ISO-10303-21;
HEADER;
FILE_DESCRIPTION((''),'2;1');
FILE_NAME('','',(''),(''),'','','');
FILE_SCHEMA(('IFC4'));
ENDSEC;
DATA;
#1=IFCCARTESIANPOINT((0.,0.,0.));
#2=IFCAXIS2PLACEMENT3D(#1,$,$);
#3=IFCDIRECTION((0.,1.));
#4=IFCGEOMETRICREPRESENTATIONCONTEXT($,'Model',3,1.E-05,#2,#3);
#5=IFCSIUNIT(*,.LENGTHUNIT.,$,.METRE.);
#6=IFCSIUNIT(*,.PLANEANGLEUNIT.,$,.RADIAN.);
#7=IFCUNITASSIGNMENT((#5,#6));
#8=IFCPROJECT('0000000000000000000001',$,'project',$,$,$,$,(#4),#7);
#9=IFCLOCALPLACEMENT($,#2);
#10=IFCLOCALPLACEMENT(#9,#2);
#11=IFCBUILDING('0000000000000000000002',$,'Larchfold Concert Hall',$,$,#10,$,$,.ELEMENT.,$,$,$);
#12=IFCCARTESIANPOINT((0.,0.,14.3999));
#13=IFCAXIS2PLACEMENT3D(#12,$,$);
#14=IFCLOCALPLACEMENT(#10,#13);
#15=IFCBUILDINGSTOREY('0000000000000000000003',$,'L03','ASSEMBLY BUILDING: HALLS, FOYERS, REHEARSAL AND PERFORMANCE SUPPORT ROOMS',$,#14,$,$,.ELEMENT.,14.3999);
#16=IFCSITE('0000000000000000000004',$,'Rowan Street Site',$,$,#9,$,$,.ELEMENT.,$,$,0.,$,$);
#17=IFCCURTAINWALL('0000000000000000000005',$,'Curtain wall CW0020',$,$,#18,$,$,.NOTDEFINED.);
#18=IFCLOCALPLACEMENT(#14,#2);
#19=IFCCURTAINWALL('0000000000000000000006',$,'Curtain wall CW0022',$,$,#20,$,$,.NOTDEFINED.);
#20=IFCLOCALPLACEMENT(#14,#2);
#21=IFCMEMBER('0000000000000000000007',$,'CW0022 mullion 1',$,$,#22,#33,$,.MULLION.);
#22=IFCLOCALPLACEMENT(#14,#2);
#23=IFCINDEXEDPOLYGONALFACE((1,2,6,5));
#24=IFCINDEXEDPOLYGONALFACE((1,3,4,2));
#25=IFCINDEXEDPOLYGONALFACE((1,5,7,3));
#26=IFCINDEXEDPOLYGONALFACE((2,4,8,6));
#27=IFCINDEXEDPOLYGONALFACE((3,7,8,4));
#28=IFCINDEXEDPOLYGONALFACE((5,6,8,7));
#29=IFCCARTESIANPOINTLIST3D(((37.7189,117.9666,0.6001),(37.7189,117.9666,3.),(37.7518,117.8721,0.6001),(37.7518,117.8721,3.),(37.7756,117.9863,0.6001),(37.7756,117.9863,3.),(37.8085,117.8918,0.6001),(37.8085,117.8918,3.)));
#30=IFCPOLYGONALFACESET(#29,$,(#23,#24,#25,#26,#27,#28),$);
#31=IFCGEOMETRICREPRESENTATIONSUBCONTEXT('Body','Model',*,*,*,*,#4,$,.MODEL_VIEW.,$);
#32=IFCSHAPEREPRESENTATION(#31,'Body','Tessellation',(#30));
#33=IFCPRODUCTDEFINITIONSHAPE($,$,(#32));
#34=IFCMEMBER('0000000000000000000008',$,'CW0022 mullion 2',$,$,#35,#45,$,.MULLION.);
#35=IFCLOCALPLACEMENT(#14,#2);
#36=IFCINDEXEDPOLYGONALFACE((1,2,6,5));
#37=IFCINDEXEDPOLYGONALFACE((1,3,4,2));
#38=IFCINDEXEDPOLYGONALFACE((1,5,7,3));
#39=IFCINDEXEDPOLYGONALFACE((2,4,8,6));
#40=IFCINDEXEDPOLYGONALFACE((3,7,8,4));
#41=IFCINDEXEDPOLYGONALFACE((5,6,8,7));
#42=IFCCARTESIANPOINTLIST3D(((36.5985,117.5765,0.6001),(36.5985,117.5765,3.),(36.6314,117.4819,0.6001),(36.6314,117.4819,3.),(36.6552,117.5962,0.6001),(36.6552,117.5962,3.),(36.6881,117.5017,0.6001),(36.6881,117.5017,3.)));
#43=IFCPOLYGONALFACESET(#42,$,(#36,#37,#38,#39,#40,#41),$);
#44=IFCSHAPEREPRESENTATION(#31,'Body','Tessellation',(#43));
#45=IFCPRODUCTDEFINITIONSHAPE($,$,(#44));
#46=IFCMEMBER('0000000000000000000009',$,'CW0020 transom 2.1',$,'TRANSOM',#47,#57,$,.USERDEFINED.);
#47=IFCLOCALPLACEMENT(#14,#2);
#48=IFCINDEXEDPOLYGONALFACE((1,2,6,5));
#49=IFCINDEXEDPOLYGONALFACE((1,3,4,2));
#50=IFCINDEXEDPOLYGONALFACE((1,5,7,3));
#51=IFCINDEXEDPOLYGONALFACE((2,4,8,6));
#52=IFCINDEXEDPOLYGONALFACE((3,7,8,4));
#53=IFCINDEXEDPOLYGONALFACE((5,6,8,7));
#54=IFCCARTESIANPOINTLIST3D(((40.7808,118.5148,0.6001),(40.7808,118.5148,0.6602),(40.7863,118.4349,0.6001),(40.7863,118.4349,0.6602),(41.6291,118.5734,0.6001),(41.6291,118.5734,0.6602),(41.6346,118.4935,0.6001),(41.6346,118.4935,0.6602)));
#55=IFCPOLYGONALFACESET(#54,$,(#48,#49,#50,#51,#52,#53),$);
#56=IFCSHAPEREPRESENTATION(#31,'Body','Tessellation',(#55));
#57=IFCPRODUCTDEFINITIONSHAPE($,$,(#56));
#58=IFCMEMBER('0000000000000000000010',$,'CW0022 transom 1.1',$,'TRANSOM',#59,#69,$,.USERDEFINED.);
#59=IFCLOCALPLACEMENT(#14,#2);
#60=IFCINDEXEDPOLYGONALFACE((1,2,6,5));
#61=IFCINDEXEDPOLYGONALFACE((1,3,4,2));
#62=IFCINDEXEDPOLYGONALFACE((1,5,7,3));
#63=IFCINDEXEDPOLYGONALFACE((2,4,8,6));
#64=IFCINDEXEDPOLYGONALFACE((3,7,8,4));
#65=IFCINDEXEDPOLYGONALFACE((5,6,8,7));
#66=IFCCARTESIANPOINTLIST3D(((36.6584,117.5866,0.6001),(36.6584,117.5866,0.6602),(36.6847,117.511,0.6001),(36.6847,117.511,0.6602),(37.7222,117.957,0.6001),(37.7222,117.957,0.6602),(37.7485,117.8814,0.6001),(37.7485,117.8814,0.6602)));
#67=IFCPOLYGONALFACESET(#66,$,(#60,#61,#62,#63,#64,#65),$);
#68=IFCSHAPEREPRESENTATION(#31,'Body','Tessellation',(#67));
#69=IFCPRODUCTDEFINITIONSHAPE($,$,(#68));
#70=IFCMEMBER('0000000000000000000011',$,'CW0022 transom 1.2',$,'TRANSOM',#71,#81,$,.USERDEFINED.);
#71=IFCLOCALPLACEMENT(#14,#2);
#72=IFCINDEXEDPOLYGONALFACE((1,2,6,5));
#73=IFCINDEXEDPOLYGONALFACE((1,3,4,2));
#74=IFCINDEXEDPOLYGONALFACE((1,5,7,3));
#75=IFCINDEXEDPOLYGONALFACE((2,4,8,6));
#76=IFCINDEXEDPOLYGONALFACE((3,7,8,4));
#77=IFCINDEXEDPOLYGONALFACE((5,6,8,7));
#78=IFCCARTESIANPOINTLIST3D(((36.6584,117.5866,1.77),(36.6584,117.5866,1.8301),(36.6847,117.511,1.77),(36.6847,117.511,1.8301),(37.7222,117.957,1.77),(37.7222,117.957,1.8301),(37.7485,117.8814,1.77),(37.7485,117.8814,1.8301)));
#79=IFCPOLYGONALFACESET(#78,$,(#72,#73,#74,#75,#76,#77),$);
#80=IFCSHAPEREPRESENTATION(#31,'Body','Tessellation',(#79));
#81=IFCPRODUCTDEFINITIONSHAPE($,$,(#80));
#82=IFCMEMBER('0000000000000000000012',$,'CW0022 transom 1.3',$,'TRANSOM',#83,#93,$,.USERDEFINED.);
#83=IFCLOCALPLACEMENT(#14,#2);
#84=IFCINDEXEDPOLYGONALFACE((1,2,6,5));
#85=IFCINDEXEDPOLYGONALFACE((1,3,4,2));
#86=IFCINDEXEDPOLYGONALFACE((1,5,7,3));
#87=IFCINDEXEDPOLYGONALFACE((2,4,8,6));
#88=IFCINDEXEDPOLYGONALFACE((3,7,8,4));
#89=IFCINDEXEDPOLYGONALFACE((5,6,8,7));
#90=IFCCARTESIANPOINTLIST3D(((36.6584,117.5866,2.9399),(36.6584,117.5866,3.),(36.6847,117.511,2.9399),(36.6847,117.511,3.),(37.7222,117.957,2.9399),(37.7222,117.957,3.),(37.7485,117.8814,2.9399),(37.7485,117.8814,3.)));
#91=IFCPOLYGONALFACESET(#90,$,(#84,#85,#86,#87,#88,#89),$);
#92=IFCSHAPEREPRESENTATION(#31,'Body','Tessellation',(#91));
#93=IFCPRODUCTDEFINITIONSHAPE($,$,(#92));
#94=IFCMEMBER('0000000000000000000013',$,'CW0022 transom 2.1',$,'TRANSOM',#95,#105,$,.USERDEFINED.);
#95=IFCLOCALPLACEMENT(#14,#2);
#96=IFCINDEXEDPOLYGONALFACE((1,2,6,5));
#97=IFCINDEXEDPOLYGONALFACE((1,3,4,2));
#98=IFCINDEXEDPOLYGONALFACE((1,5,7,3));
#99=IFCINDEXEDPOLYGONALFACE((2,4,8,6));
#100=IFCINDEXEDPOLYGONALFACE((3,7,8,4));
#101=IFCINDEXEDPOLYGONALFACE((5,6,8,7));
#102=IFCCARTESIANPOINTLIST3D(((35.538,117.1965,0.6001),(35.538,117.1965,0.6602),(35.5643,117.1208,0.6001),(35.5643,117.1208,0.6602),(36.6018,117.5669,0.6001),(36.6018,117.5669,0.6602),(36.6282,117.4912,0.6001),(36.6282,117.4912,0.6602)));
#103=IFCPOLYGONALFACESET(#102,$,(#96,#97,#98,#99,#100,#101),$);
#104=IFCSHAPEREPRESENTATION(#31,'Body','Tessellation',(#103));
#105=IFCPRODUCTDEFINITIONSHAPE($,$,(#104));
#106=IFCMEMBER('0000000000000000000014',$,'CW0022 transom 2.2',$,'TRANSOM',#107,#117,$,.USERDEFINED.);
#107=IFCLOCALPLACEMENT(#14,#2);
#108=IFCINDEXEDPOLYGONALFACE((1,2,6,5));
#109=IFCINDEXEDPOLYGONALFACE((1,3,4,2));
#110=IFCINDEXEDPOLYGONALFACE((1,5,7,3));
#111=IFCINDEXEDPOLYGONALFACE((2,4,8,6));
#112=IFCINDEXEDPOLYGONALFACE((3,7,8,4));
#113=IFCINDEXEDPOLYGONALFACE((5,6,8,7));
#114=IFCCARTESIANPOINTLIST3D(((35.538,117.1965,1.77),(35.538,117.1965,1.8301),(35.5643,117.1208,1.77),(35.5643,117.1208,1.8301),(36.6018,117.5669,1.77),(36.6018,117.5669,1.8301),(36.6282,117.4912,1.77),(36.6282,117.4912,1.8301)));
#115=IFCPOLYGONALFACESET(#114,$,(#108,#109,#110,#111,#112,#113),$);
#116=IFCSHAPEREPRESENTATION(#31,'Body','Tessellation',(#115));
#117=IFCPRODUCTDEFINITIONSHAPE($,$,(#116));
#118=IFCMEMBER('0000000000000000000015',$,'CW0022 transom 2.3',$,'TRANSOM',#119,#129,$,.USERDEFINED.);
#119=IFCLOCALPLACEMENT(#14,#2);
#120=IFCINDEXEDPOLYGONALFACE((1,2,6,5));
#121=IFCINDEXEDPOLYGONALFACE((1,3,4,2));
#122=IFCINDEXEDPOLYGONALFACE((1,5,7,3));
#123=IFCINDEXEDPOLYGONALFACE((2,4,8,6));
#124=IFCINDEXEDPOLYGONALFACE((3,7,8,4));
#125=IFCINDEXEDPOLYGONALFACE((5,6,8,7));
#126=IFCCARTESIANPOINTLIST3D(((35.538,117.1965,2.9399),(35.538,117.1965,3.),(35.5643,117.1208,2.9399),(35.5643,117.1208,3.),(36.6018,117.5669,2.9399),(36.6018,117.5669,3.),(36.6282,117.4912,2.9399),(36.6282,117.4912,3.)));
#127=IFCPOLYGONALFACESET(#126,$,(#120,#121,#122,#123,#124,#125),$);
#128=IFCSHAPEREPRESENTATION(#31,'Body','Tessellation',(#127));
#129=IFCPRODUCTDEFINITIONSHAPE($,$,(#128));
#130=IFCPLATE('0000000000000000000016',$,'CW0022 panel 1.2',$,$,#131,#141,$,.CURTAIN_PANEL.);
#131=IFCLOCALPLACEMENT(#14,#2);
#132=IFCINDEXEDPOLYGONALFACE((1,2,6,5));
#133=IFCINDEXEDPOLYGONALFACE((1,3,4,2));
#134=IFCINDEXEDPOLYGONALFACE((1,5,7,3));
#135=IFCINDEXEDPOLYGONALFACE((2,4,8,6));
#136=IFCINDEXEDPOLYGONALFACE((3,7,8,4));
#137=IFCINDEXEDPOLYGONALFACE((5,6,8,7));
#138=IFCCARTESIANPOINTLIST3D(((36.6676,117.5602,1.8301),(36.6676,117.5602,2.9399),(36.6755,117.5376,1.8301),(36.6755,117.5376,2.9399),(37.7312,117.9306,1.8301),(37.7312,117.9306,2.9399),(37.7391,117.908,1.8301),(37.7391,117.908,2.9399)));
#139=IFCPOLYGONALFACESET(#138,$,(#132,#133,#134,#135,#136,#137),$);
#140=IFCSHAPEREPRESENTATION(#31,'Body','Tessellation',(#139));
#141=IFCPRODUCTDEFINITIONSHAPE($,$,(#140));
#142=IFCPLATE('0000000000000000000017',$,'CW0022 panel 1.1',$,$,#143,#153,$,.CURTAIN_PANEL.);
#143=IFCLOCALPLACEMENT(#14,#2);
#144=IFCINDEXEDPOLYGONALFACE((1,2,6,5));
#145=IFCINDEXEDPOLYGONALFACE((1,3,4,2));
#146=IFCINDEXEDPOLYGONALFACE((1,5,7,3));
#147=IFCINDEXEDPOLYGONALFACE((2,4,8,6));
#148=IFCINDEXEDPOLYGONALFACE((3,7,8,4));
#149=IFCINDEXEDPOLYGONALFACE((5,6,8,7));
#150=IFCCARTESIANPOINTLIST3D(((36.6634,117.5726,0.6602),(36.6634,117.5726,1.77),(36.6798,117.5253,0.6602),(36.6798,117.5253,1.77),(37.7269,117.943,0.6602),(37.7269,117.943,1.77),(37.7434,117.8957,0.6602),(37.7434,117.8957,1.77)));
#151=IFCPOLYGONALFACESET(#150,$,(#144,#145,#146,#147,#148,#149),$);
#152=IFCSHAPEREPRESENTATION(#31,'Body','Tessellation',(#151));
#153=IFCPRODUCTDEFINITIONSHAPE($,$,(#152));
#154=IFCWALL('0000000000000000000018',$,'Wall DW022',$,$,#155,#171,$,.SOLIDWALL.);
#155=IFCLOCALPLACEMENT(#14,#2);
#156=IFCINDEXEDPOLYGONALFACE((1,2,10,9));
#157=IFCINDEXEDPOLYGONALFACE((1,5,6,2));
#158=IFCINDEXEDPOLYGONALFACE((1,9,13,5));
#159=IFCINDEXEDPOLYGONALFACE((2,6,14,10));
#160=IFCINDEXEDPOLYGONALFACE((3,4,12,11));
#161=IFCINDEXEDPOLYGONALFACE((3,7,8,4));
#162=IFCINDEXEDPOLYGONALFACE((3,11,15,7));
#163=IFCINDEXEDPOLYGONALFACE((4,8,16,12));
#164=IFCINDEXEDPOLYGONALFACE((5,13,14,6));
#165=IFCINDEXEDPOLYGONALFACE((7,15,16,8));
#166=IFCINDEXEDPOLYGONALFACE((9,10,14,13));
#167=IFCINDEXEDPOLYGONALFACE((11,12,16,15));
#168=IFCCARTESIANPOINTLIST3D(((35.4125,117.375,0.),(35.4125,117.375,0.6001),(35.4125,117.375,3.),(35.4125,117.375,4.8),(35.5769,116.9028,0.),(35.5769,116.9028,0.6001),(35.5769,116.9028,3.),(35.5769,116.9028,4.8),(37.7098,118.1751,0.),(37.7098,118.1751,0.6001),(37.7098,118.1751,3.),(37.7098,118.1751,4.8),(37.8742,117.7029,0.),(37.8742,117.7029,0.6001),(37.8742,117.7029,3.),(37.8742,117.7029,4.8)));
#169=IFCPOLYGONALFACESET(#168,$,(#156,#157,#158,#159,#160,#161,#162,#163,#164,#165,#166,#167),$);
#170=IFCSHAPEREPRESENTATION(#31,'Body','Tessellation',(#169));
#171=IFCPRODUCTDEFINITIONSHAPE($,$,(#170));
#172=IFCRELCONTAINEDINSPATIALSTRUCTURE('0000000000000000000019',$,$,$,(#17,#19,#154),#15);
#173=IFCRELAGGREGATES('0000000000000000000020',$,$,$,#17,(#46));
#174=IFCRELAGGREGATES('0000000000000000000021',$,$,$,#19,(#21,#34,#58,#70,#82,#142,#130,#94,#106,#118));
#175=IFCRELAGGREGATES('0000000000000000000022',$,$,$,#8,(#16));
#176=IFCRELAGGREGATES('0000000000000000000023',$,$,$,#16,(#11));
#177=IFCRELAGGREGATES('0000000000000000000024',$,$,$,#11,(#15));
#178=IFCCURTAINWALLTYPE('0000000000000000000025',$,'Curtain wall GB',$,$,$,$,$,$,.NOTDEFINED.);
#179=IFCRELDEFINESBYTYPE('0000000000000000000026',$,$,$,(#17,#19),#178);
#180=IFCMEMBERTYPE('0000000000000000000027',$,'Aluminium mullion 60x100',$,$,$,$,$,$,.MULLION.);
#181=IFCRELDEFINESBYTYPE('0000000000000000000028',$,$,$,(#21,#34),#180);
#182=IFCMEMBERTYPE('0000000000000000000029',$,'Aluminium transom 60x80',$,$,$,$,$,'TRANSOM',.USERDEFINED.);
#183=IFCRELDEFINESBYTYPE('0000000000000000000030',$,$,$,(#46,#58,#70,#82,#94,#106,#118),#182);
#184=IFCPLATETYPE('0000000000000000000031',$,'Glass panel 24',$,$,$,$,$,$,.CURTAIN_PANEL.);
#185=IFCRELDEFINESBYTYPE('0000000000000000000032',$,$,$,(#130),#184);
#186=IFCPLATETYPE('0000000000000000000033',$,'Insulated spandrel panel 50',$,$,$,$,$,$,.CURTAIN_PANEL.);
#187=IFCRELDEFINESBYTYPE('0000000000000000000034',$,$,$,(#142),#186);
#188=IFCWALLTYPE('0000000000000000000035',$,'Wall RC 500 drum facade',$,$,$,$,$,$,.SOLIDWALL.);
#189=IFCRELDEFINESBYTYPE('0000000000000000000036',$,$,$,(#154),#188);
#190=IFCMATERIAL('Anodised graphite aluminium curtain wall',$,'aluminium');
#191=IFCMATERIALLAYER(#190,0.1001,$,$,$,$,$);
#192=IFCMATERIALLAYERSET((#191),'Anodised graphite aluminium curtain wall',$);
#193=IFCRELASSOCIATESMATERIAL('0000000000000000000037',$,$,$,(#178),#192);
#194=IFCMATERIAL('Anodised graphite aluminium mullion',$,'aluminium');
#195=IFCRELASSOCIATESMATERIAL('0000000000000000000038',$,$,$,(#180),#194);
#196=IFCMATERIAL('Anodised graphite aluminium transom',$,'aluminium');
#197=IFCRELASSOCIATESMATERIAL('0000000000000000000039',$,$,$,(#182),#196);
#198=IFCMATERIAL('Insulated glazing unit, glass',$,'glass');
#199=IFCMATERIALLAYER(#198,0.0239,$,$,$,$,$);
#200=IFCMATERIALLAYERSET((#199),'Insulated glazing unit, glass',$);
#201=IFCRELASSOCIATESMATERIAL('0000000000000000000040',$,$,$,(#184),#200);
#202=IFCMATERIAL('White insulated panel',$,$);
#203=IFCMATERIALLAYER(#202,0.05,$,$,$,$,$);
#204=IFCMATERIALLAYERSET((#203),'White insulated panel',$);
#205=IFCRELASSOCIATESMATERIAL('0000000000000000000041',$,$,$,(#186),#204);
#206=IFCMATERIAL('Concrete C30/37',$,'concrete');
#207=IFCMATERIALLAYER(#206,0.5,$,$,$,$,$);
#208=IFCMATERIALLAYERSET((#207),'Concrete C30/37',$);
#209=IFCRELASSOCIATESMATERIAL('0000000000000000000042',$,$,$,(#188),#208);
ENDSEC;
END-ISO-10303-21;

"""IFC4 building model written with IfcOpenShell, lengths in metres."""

from ifc_helpers import new_model, si_unit, direction, frame, frame_2d, origin, origin_2d, place, context, subcontext, project, spatial, rectangle, extrude, material, layer, layer_set, material_profile, profile_set, type_object, element, fill, aggregate, save


model = new_model("IFC4")

# Units and contexts
model_context = context("Model", 3, precision=1e-05, world=origin(), true_north=direction((0.0, 1.0)))
body_context = subcontext(model_context, "Body", "Model", "MODEL_VIEW")
ifc_project = project(units=[si_unit("LENGTHUNIT", "METRE"), si_unit("PLANEANGLEUNIT", "RADIAN")], contexts=[model_context])

# Site, building, storey
site_placement = place(None, origin())
site = spatial("IfcSite", under=ifc_project, at=site_placement, Name="Rowan Street Site", CompositionType="ELEMENT", RefElevation=0.0)
building_placement = place(site_placement, origin())
building = spatial("IfcBuilding", under=site, at=building_placement, Name="Larchfold Concert Hall", CompositionType="ELEMENT")
storey_placement = place(building_placement, frame((0.0, 0.0, 14.3999)))
storey = spatial("IfcBuildingStorey", under=building, at=storey_placement, Name="L03", Description="ASSEMBLY BUILDING: HALLS, FOYERS, REHEARSAL AND PERFORMANCE SUPPORT ROOMS", CompositionType="ELEMENT", Elevation=14.3999)

# Curtain wall
ifc_material_1 = material(Name="Anodised graphite aluminium curtain wall", Category="aluminium")
ifc_layer_1 = layer(ifc_material_1, 0.1001)
ifc_layer_set_1 = layer_set([ifc_layer_1], Name="Anodised graphite aluminium curtain wall")
curtain_wall_type = type_object("IfcCurtainWallType", Name="Curtain wall GB", PredefinedType="NOTDEFINED", material=ifc_layer_set_1)
curtain_wall_1_placement = place(storey_placement, origin())
curtain_wall_1 = element("IfcCurtainWall", 1, at=curtain_wall_1_placement, inside=storey, type_object=curtain_wall_type, Name="Curtain wall CW0020", PredefinedType="NOTDEFINED")
ifc_material_2 = material(Name="Anodised graphite aluminium mullion", Category="aluminium")
ifc_material_profile_1 = material_profile(ifc_material_2, rectangle(XDim=0.1001, YDim=0.0601, at=origin_2d()))
ifc_profile_set_1 = profile_set([ifc_material_profile_1], Name="Anodised graphite aluminium mullion")
member_type_1 = type_object("IfcMemberType", Name="Aluminium mullion 60x100", PredefinedType="MULLION", material=ifc_profile_set_1)

# Curtain wall, members
curtain_wall_2_placement = place(storey_placement, origin())
curtain_wall_2 = element("IfcCurtainWall", 2, at=curtain_wall_2_placement, inside=storey, type_object=curtain_wall_type, Name="Curtain wall CW0022", PredefinedType="NOTDEFINED")
member_1_placement = place(storey_placement, frame((37.7637, 117.9292, 0.6001), z_axis=(0.0, 0.0, 1.0), x_axis=(0.328875, -0.944374, 0.0)))
member_1 = element("IfcMember", 3, at=member_1_placement, type_object=member_type_1, Name="CW0022 mullion 1", PredefinedType="MULLION", context=body_context, shape_type="SweptSolid", body=[
    extrude(rectangle(XDim=0.1001, YDim=0.0601, at=origin_2d()), origin(), (0.0, 0.0, 1.0), 2.3999),
])
member_2_placement = place(storey_placement, frame((36.6433, 117.5391, 0.6001), z_axis=(0.0, 0.0, 1.0), x_axis=(0.328875, -0.944374, 0.0)))
member_2 = element("IfcMember", 4, at=member_2_placement, type_object=member_type_1, Name="CW0022 mullion 2", PredefinedType="MULLION", context=body_context, shape_type="SweptSolid", body=[
    extrude(rectangle(XDim=0.1001, YDim=0.0601, at=origin_2d()), origin(), (0.0, 0.0, 1.0), 2.3999),
])

# Members
ifc_material_3 = material(Name="Anodised graphite aluminium transom", Category="aluminium")
ifc_material_profile_2 = material_profile(ifc_material_3, rectangle(XDim=0.0801, YDim=0.0601, at=origin_2d()))
ifc_profile_set_2 = profile_set([ifc_material_profile_2], Name="Anodised graphite aluminium transom")
member_type_2 = type_object("IfcMemberType", Name="Aluminium transom 60x80", ElementType="TRANSOM", PredefinedType="USERDEFINED", material=ifc_profile_set_2)
member_3_placement = place(storey_placement, frame((41.6318, 118.5334, 0.6301), z_axis=(-0.997624, -0.068901, 0.0), x_axis=(0.068901, -0.997624, 0.0)))
member_3 = element("IfcMember", 5, at=member_3_placement, type_object=member_type_2, Name="CW0020 transom 2.1", ObjectType="TRANSOM", PredefinedType="USERDEFINED", context=body_context, shape_type="SweptSolid", body=[
    extrude(rectangle(XDim=0.0801, YDim=0.0601, at=origin_2d()), origin(), (0.0, 0.0, 1.0), 0.8503),
])
member_4_placement = place(storey_placement, frame((37.7354, 117.9192, 0.6301), z_axis=(-0.944394, -0.328815, 0.0), x_axis=(0.328815, -0.944394, 0.0)))
member_4 = element("IfcMember", 6, at=member_4_placement, type_object=member_type_2, Name="CW0022 transom 1.1", ObjectType="TRANSOM", PredefinedType="USERDEFINED", context=body_context, shape_type="SweptSolid", body=[
    extrude(rectangle(XDim=0.0801, YDim=0.0601, at=origin_2d()), origin(), (0.0, 0.0, 1.0), 1.1265),
])
member_5_placement = place(storey_placement, frame((37.7354, 117.9192, 1.8), z_axis=(-0.944394, -0.328815, 0.0), x_axis=(0.328815, -0.944394, 0.0)))
member_5 = element("IfcMember", 7, at=member_5_placement, type_object=member_type_2, Name="CW0022 transom 1.2", ObjectType="TRANSOM", PredefinedType="USERDEFINED", context=body_context, shape_type="SweptSolid", body=[
    extrude(rectangle(XDim=0.0801, YDim=0.0601, at=origin_2d()), origin(), (0.0, 0.0, 1.0), 1.1265),
])
member_6_placement = place(storey_placement, frame((37.7354, 117.9192, 2.97), z_axis=(-0.944394, -0.328815, 0.0), x_axis=(0.328815, -0.944394, 0.0)))
member_6 = element("IfcMember", 8, at=member_6_placement, type_object=member_type_2, Name="CW0022 transom 1.3", ObjectType="TRANSOM", PredefinedType="USERDEFINED", context=body_context, shape_type="SweptSolid", body=[
    extrude(rectangle(XDim=0.0801, YDim=0.0601, at=origin_2d()), origin(), (0.0, 0.0, 1.0), 1.1265),
])
member_7_placement = place(storey_placement, frame((36.615, 117.5291, 0.6301), z_axis=(-0.944394, -0.328815, 0.0), x_axis=(0.328815, -0.944394, 0.0)))
member_7 = element("IfcMember", 9, at=member_7_placement, type_object=member_type_2, Name="CW0022 transom 2.1", ObjectType="TRANSOM", PredefinedType="USERDEFINED", context=body_context, shape_type="SweptSolid", body=[
    extrude(rectangle(XDim=0.0801, YDim=0.0601, at=origin_2d()), origin(), (0.0, 0.0, 1.0), 1.1265),
])
member_8_placement = place(storey_placement, frame((36.615, 117.5291, 1.8), z_axis=(-0.944394, -0.328815, 0.0), x_axis=(0.328815, -0.944394, 0.0)))
member_8 = element("IfcMember", 10, at=member_8_placement, type_object=member_type_2, Name="CW0022 transom 2.2", ObjectType="TRANSOM", PredefinedType="USERDEFINED", context=body_context, shape_type="SweptSolid", body=[
    extrude(rectangle(XDim=0.0801, YDim=0.0601, at=origin_2d()), origin(), (0.0, 0.0, 1.0), 1.1265),
])
member_9_placement = place(storey_placement, frame((36.615, 117.5291, 2.97), z_axis=(-0.944394, -0.328815, 0.0), x_axis=(0.328815, -0.944394, 0.0)))
member_9 = element("IfcMember", 11, at=member_9_placement, type_object=member_type_2, Name="CW0022 transom 2.3", ObjectType="TRANSOM", PredefinedType="USERDEFINED", context=body_context, shape_type="SweptSolid", body=[
    extrude(rectangle(XDim=0.0801, YDim=0.0601, at=origin_2d()), origin(), (0.0, 0.0, 1.0), 1.1265),
])

# Shared definitions
ifc_material_4 = material(Name="Insulated glazing unit, glass", Category="glass")
ifc_layer_2 = layer(ifc_material_4, 0.0239)
ifc_layer_set_2 = layer_set([ifc_layer_2], Name="Insulated glazing unit, glass")
plate_type_1 = type_object("IfcPlateType", Name="Glass panel 24", PredefinedType="CURTAIN_PANEL", material=ifc_layer_set_2)

# Plates
plate_1_placement = place(storey_placement, frame((37.2034, 117.7341, 1.8301), z_axis=(0.0, 0.0, 1.0), x_axis=(-0.944374, -0.328875, 0.0)))
plate_1 = element("IfcPlate", 12, at=plate_1_placement, type_object=plate_type_1, Name="CW0022 panel 1.2", PredefinedType="CURTAIN_PANEL", context=body_context, shape_type="SweptSolid", body=[
    extrude(rectangle(XDim=1.1262, YDim=0.0239, at=origin_2d()), origin(), (0.0, 0.0, 1.0), 1.1099),
])
ifc_material_5 = material(Name="White insulated panel")
ifc_layer_3 = layer(ifc_material_5, 0.05)
ifc_layer_set_3 = layer_set([ifc_layer_3], Name="White insulated panel")
plate_type_2 = type_object("IfcPlateType", Name="Insulated spandrel panel 50", PredefinedType="CURTAIN_PANEL", material=ifc_layer_set_3)
aggregate(curtain_wall_1, [member_3])
plate_2_placement = place(storey_placement, frame((37.2034, 117.7341, 0.6602), z_axis=(0.0, 0.0, 1.0), x_axis=(-0.944374, -0.328875, 0.0)))
plate_2 = element("IfcPlate", 13, at=plate_2_placement, type_object=plate_type_2, Name="CW0022 panel 1.1", PredefinedType="CURTAIN_PANEL", context=body_context, shape_type="SweptSolid", body=[
    extrude(rectangle(XDim=1.1262, YDim=0.05, at=origin_2d()), origin(), (0.0, 0.0, 1.0), 1.1099),
])
aggregate(curtain_wall_2, [member_1, member_2, member_4, member_5, member_6, plate_2, plate_1, member_7, member_8, member_9])

# Wall, opening
ifc_material_6 = material(Name="Concrete C30/37", Category="concrete")
ifc_layer_4 = layer(ifc_material_6, 0.5)
ifc_layer_set_4 = layer_set([ifc_layer_4], Name="Concrete C30/37")
wall_type = type_object("IfcWallType", Name="Wall RC 500 drum facade", PredefinedType="SOLIDWALL", material=ifc_layer_set_4)
wall_1_placement = place(storey_placement, frame((37.792, 117.939, 0.0), z_axis=(0.0, 0.0, 1.0), x_axis=(-0.944374, -0.328875, 0.0)))
wall_1 = element("IfcWall", 14, at=wall_1_placement, inside=storey, type_object=wall_type, Name="Wall DW022", PredefinedType="SOLIDWALL", context=body_context, shape_type="SweptSolid", body=[
    extrude(rectangle(XDim=2.4326, YDim=0.5, at=frame_2d((1.2163, 0.0))), origin(), (0.0, 0.0, 1.0), 4.8),
])
opening_1_placement = place(wall_1_placement, frame((0.0, 0.0, 0.6001)))
opening_1 = element("IfcOpeningElement", 15, at=opening_1_placement, cuts=wall_1, PredefinedType="OPENING", context=body_context, shape_type="SweptSolid", body=[
    extrude(rectangle(XDim=2.4326, YDim=2.3999, at=frame_2d((1.2163, 1.2))), frame((0.0, 0.26, 0.0), z_axis=(0.0, -1.0, 0.0), x_axis=(1.0, 0.0, 0.0)), (0.0, 0.0, 1.0), 0.52),
])
fill(opening_1, curtain_wall_2)

save(model, "model.ifc")
